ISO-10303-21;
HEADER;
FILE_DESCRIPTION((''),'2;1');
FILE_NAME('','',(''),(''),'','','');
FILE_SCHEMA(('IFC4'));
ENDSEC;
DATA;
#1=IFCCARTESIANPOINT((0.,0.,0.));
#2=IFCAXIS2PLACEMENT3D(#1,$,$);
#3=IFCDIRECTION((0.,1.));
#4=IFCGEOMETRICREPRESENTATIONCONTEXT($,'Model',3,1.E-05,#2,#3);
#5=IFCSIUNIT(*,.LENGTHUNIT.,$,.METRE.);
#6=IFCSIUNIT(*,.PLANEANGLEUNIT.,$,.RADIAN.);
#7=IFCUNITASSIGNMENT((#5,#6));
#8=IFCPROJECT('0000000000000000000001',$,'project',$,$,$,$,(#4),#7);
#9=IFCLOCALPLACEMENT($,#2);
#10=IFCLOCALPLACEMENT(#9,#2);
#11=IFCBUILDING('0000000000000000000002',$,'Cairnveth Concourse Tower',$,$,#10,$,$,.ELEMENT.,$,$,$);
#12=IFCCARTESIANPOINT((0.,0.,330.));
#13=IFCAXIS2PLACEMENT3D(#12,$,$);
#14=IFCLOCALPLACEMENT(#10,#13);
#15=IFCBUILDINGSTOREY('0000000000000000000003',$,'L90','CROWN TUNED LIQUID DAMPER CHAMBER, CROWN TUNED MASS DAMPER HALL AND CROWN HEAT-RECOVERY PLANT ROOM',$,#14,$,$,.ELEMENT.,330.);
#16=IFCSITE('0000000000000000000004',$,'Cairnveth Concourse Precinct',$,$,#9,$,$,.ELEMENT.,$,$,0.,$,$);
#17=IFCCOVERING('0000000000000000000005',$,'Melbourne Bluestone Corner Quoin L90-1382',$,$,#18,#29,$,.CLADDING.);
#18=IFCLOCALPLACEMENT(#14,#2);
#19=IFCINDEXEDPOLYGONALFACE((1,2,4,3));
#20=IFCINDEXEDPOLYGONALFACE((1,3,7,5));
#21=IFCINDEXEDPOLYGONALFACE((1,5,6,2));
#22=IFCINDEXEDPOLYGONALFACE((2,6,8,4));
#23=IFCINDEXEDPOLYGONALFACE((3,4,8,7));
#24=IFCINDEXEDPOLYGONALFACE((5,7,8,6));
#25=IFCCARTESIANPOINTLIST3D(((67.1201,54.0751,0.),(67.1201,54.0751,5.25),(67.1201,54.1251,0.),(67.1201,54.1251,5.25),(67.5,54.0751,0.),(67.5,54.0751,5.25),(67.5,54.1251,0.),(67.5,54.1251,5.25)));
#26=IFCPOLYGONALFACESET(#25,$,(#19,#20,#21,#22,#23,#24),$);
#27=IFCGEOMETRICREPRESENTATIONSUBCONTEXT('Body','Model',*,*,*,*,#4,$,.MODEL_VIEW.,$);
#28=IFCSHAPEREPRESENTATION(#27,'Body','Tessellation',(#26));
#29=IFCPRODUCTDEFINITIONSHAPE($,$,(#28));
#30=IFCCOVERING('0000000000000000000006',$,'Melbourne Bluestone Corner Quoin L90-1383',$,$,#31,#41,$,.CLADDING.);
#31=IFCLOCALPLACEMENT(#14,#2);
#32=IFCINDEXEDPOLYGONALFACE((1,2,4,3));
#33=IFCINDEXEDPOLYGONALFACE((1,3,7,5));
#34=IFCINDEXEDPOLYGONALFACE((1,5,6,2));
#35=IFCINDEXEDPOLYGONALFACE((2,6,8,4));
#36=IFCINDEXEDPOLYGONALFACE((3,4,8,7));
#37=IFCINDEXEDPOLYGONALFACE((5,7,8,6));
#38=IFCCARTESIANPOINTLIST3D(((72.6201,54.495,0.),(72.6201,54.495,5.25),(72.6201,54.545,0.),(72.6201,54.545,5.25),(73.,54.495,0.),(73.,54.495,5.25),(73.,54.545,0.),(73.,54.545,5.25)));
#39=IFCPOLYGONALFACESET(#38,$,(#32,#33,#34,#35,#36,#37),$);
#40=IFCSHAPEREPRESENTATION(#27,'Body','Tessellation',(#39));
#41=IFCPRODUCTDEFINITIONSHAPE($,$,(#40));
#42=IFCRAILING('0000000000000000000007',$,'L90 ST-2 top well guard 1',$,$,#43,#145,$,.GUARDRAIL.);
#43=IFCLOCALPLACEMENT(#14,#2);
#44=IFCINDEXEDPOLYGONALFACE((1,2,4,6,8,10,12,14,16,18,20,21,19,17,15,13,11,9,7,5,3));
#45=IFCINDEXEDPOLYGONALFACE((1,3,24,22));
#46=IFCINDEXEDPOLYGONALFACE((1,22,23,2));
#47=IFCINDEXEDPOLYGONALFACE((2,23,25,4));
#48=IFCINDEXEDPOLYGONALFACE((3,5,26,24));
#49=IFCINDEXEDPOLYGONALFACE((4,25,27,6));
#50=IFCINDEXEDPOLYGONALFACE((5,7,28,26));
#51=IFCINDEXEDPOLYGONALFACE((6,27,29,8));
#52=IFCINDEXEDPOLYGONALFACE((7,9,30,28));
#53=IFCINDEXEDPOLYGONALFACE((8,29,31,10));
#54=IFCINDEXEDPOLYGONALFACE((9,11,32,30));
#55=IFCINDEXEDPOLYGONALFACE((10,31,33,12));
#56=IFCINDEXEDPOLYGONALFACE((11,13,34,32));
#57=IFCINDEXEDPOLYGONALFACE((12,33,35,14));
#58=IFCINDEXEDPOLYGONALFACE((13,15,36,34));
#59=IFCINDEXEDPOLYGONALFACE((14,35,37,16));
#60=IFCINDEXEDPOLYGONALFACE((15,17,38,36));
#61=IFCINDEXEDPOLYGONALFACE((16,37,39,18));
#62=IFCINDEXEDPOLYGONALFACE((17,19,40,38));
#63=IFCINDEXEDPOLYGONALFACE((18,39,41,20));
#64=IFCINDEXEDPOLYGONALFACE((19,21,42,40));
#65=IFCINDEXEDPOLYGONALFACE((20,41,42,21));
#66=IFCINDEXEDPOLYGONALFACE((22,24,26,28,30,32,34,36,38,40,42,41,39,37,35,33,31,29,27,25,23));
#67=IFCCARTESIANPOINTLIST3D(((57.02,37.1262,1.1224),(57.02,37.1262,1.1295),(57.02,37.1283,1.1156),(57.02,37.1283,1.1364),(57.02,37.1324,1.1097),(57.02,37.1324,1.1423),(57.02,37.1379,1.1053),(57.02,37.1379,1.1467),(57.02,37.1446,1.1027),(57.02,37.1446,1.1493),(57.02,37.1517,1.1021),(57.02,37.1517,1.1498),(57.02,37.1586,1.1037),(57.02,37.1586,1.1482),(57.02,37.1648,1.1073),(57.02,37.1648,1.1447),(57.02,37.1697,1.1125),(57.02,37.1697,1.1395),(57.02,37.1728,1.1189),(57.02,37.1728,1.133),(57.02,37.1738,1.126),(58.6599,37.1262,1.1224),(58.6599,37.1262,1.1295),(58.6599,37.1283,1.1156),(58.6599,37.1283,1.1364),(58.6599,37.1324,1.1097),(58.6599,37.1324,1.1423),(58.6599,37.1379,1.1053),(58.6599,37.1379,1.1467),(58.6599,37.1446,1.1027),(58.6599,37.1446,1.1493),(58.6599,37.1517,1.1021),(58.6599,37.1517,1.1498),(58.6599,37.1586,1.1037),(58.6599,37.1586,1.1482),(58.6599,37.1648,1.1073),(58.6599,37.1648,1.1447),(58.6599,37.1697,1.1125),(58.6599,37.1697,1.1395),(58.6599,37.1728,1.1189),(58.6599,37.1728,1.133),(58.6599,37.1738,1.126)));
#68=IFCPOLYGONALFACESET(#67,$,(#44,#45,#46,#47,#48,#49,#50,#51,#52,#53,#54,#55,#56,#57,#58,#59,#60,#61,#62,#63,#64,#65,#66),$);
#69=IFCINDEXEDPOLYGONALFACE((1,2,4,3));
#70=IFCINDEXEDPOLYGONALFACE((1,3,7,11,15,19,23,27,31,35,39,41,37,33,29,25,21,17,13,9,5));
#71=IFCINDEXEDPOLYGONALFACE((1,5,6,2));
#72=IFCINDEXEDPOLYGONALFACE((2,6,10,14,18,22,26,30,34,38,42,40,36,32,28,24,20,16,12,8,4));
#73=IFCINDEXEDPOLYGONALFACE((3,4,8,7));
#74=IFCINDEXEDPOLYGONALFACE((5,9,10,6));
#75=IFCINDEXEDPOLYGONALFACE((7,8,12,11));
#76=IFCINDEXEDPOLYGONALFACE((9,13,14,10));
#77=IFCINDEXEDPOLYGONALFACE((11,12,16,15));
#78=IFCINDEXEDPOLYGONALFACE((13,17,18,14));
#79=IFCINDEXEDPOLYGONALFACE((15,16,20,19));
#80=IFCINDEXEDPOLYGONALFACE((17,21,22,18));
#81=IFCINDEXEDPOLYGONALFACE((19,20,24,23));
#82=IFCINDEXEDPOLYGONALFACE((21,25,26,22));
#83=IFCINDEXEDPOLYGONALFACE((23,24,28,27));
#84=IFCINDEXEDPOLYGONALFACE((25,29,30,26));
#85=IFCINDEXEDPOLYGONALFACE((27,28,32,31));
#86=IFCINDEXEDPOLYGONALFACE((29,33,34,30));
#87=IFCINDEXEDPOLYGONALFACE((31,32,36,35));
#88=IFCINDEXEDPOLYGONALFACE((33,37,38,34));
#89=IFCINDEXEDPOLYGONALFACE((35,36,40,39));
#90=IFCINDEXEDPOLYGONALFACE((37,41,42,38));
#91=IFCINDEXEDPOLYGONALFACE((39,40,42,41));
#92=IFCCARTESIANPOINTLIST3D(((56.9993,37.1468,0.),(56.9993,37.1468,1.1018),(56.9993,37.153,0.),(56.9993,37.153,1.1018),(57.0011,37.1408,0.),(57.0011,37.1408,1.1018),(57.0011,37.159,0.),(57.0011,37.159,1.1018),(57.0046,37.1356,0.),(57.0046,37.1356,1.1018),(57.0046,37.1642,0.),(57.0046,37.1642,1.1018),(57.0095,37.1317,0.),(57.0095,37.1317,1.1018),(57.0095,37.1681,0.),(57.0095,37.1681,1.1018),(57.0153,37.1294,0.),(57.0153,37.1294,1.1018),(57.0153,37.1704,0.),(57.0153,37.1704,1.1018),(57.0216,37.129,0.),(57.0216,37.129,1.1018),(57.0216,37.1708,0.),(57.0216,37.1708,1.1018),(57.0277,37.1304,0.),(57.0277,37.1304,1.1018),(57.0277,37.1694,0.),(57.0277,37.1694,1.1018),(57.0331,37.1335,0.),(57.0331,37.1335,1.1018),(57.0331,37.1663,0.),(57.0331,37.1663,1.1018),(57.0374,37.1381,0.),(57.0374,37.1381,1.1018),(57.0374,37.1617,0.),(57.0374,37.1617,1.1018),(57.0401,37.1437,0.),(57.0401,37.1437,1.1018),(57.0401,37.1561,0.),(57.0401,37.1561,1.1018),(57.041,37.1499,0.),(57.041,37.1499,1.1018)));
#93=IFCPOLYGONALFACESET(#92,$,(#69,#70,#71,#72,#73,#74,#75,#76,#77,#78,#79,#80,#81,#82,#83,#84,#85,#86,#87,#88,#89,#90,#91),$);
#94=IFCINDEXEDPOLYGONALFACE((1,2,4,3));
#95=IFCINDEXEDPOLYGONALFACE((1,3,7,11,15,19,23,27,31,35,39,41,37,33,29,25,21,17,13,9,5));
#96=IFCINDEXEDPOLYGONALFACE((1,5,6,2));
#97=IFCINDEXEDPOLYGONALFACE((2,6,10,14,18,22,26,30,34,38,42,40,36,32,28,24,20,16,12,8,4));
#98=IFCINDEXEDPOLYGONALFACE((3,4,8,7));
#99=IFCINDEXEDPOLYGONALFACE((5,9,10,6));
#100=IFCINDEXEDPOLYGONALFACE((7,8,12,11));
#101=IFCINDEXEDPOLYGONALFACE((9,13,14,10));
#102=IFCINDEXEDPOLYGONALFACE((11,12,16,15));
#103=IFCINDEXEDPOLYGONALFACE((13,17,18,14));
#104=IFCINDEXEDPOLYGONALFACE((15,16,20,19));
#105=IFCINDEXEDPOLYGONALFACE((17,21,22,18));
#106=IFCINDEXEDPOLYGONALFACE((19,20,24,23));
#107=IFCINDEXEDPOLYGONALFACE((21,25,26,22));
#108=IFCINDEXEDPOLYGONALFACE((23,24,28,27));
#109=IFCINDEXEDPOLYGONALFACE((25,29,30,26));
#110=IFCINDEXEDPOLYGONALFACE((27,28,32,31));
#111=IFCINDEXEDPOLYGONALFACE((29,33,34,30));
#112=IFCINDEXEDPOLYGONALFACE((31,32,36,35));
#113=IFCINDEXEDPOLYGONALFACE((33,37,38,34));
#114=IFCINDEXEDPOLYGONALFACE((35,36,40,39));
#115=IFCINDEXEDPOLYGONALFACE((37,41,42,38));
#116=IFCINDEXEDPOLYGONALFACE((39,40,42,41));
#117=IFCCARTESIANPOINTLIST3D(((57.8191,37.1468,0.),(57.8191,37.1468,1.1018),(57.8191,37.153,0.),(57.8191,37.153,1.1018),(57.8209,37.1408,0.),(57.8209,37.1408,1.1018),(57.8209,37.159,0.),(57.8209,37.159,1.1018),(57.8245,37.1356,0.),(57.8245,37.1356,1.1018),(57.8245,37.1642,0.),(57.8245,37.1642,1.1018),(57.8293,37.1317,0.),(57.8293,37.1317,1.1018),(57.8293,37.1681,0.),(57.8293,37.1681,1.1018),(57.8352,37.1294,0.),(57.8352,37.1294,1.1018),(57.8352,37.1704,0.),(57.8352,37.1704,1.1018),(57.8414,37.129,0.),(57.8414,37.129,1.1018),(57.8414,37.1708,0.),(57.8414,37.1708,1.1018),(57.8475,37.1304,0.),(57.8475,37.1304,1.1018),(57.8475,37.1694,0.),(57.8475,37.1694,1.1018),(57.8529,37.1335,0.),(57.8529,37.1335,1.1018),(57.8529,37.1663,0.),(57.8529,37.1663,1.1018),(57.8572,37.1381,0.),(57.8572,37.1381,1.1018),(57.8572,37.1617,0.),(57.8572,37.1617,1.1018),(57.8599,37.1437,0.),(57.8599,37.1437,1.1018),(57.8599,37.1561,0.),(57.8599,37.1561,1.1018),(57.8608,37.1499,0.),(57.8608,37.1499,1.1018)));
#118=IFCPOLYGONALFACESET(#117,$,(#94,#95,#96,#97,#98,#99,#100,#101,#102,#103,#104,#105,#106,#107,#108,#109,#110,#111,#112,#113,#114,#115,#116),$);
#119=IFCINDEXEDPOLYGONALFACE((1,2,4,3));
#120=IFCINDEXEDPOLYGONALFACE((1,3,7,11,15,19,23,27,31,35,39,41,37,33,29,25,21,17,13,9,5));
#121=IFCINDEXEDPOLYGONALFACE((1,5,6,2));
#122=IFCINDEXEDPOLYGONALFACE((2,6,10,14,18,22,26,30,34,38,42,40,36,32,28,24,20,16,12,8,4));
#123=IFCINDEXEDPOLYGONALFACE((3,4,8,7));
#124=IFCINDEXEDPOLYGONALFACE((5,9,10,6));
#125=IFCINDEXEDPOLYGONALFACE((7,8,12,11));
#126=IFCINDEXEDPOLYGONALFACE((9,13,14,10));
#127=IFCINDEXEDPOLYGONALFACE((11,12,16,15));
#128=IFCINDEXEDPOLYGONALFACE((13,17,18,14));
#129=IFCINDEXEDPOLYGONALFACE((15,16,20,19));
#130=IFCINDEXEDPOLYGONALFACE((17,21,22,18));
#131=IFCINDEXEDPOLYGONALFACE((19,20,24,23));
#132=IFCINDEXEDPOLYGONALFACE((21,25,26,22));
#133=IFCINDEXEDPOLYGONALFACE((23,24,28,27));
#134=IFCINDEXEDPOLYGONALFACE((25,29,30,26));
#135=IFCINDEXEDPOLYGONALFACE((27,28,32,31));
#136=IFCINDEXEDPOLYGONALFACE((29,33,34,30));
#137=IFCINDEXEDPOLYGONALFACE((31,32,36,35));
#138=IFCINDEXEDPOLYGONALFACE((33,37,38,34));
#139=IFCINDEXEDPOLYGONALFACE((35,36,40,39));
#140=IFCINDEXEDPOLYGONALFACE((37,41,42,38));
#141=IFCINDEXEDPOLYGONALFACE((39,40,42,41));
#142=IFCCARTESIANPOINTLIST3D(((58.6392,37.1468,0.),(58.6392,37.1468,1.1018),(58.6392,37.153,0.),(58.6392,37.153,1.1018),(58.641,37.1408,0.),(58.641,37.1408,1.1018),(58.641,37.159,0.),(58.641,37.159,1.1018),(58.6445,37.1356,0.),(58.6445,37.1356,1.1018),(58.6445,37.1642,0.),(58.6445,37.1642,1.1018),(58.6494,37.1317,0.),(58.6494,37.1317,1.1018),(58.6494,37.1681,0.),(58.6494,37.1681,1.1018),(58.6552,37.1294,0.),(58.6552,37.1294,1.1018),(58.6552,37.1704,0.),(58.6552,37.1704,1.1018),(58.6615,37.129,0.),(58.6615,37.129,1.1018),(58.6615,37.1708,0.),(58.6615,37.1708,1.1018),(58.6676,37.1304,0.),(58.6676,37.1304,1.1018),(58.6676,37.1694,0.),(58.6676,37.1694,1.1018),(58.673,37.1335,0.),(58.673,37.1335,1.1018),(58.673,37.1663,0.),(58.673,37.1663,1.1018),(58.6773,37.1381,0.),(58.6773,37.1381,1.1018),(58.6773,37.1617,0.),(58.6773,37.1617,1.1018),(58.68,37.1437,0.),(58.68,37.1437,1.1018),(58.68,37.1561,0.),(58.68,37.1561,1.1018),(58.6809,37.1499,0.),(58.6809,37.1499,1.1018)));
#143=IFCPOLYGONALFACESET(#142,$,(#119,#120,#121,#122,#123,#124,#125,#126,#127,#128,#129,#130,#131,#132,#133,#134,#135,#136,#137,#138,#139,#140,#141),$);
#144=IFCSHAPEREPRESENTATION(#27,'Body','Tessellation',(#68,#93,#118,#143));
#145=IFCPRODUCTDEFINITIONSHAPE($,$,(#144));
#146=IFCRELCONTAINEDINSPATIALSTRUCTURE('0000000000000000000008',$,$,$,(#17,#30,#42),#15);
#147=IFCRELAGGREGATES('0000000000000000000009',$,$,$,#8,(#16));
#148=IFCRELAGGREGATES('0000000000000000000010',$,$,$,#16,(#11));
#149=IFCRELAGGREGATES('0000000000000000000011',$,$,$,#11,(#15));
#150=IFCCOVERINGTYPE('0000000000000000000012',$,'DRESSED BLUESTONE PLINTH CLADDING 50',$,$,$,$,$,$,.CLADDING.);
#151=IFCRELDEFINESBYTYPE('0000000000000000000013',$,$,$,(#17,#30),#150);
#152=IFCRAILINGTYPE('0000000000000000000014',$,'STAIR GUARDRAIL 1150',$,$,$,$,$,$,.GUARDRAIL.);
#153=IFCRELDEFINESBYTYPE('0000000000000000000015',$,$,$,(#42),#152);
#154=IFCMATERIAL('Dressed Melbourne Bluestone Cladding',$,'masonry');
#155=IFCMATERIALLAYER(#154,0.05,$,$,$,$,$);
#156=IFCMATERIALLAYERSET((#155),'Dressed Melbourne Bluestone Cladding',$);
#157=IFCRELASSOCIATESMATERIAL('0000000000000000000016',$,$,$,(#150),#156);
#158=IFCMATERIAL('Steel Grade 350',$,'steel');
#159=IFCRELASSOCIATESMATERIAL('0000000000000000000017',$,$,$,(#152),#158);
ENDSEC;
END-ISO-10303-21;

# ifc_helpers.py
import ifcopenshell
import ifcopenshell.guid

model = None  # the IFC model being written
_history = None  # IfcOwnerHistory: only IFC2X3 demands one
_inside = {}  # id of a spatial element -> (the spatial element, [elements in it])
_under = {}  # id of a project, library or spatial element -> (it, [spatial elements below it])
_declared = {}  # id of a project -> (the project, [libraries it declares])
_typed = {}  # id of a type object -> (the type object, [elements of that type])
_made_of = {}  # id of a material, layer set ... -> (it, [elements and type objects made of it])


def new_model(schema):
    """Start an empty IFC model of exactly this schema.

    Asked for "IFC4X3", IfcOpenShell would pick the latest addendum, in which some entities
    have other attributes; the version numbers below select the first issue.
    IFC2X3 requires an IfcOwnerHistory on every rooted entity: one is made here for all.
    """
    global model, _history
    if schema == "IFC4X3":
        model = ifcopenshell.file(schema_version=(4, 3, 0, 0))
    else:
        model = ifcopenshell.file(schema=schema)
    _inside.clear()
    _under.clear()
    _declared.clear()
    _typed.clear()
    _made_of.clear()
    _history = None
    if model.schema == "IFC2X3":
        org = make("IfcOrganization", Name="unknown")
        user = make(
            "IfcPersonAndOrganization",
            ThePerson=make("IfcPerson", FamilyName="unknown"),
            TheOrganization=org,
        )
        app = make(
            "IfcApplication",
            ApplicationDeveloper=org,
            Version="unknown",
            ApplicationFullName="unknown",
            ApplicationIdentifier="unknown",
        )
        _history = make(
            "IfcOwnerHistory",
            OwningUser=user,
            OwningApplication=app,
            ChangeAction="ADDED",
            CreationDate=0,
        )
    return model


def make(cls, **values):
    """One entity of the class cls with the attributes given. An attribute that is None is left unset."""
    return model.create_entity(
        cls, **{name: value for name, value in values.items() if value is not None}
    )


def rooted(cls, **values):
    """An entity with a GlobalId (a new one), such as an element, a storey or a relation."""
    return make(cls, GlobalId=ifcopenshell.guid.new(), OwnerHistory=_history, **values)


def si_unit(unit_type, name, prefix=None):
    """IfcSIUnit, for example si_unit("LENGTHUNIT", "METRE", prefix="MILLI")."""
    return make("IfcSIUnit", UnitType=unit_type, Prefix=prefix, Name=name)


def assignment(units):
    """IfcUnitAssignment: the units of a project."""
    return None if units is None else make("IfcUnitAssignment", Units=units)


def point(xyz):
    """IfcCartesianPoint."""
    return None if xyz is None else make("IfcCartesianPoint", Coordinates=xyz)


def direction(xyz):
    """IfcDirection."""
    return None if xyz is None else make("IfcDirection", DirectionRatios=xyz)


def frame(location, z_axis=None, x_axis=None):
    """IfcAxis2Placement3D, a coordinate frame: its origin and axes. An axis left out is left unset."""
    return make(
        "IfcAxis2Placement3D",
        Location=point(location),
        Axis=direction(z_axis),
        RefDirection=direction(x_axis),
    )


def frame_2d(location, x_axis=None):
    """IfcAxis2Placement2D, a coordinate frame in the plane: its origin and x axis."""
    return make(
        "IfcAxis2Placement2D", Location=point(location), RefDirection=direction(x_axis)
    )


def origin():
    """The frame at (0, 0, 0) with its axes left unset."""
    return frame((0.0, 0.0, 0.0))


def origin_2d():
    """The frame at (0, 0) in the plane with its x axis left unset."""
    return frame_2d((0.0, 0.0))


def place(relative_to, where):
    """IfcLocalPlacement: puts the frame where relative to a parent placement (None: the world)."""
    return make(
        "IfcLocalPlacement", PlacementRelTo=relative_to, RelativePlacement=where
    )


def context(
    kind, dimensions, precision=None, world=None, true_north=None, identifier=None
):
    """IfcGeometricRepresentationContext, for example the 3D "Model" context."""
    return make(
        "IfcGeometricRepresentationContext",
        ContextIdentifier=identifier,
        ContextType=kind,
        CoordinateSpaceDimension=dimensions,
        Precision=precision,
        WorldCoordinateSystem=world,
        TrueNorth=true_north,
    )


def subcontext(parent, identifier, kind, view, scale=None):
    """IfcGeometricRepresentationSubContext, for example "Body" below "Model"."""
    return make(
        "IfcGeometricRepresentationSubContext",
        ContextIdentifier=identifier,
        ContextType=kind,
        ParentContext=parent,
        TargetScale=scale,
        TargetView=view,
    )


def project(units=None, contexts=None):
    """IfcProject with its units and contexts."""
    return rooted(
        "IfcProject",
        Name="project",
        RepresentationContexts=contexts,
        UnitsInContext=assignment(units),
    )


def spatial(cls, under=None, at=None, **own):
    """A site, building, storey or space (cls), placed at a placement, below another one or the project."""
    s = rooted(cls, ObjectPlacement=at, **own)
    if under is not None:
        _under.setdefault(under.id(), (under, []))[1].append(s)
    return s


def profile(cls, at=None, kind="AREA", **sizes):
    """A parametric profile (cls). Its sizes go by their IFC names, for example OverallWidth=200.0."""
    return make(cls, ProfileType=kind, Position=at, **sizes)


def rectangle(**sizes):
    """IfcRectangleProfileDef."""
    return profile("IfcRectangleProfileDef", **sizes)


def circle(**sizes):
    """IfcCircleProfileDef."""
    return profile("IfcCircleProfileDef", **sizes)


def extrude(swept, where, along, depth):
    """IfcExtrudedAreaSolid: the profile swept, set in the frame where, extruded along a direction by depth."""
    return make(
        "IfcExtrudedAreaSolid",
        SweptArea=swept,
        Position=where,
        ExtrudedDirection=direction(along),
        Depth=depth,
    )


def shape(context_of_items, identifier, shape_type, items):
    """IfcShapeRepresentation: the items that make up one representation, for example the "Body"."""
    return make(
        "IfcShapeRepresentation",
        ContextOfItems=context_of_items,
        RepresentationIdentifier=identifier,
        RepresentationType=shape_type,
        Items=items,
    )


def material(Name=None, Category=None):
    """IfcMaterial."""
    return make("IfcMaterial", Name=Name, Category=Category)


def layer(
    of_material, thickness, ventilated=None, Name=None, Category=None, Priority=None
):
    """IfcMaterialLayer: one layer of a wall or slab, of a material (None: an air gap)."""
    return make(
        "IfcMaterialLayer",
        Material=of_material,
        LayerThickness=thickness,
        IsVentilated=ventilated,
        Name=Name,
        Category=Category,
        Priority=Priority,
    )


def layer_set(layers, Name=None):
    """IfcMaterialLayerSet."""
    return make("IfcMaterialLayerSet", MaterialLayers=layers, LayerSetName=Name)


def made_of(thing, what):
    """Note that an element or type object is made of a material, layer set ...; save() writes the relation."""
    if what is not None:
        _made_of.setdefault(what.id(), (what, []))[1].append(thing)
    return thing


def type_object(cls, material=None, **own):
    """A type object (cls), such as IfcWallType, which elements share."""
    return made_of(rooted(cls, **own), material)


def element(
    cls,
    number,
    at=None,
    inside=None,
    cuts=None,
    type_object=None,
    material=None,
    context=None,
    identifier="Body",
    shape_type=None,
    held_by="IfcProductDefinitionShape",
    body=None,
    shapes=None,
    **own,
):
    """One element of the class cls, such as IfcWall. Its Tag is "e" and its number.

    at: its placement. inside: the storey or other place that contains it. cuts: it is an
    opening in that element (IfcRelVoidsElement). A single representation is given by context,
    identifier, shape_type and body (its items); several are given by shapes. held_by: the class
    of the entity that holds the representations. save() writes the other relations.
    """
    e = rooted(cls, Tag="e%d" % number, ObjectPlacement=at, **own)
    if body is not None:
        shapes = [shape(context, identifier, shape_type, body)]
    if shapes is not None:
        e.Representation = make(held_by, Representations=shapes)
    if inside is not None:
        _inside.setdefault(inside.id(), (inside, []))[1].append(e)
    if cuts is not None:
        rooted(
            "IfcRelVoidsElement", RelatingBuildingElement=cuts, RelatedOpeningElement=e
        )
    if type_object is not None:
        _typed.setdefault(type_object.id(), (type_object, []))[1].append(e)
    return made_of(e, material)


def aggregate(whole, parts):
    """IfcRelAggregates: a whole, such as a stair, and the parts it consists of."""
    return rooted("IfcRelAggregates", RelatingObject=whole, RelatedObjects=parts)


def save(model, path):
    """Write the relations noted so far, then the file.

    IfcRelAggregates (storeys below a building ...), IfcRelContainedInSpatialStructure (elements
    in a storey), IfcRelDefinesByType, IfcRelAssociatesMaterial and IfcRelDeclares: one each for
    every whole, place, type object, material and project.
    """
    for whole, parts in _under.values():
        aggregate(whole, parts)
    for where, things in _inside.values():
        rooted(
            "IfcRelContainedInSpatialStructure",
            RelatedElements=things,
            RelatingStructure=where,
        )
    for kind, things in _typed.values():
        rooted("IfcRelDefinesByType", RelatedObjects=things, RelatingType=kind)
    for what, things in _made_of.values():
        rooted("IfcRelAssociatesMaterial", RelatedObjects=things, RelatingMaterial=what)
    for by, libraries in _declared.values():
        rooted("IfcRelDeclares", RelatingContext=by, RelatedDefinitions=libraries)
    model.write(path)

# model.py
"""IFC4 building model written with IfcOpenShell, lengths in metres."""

from ifc_helpers import new_model, si_unit, direction, frame, frame_2d, origin, origin_2d, place, context, subcontext, project, spatial, rectangle, circle, extrude, material, layer, layer_set, type_object, element, save


model = new_model("IFC4")

# Units and contexts
model_context = context("Model", 3, precision=1e-05, world=origin(), true_north=direction((0.0, 1.0)))
body_context = subcontext(model_context, "Body", "Model", "MODEL_VIEW")
ifc_project = project(units=[si_unit("LENGTHUNIT", "METRE"), si_unit("PLANEANGLEUNIT", "RADIAN")], contexts=[model_context])

# Site, building, storey
site_placement = place(None, origin())
site = spatial("IfcSite", under=ifc_project, at=site_placement, Name="Cairnveth Concourse Precinct", CompositionType="ELEMENT", RefElevation=0.0)
building_placement = place(site_placement, origin())
building = spatial("IfcBuilding", under=site, at=building_placement, Name="Cairnveth Concourse Tower", CompositionType="ELEMENT")
storey_placement = place(building_placement, frame((0.0, 0.0, 330.0)))
storey = spatial("IfcBuildingStorey", under=building, at=storey_placement, Name="L90", Description="CROWN TUNED LIQUID DAMPER CHAMBER, CROWN TUNED MASS DAMPER HALL AND CROWN HEAT-RECOVERY PLANT ROOM", CompositionType="ELEMENT", Elevation=330.0)

# Shared definitions
ifc_material_1 = material(Name="Steel Grade 350", Category="steel")

# Coverings
ifc_material_2 = material(Name="Dressed Melbourne Bluestone Cladding", Category="masonry")
ifc_layer_1 = layer(ifc_material_2, 0.05)
ifc_layer_set_1 = layer_set([ifc_layer_1], Name="Dressed Melbourne Bluestone Cladding")
covering_type = type_object("IfcCoveringType", Name="DRESSED BLUESTONE PLINTH CLADDING 50", PredefinedType="CLADDING", material=ifc_layer_set_1)
for number, where, z_axis, x_axis, name in (
    (1, (67.1201, 54.1001, 0.0), (0.0, 0.0, 1.0), (1.0, 0.0, 0.0), "Melbourne Bluestone Corner Quoin L90-1382"),
    (2, (72.6201, 54.52, 0.0), (0.0, 0.0, 1.0), (1.0, 0.0, 0.0), "Melbourne Bluestone Corner Quoin L90-1383"),
):
    element("IfcCovering", number, at=place(storey_placement, frame(where, z_axis=z_axis, x_axis=x_axis)), inside=storey, type_object=covering_type, Name=name, PredefinedType="CLADDING", context=body_context, shape_type="SweptSolid", body=[
        extrude(rectangle(XDim=0.3799, YDim=0.05, at=frame_2d((0.1899, 0.0))), origin(), (0.0, 0.0, 1.0), 5.25),
    ])

# Railing
railing_type = type_object("IfcRailingType", Name="STAIR GUARDRAIL 1150", PredefinedType="GUARDRAIL", material=ifc_material_1)
railing_placement = place(storey_placement, frame((57.02, 37.1499, 0.0)))
element("IfcRailing", 3, at=railing_placement, inside=storey, type_object=railing_type, Name="L90 ST-2 top well guard 1", PredefinedType="GUARDRAIL", context=body_context, shape_type="SweptSolid", body=[
    extrude(circle(Radius=0.0239, at=origin_2d()), frame((0.0, 0.0, 1.126), z_axis=(1.0, 0.0, 0.0), x_axis=(0.0, 1.0, 0.0)), (0.0, 0.0, 1.0), 1.6399),
    extrude(circle(Radius=0.021, at=origin_2d()), origin(), (0.0, 0.0, 1.0), 1.1018),
    extrude(circle(Radius=0.021, at=origin_2d()), frame((0.8198, 0.0, 0.0)), (0.0, 0.0, 1.0), 1.1018),
    extrude(circle(Radius=0.021, at=origin_2d()), frame((1.6399, 0.0, 0.0)), (0.0, 0.0, 1.0), 1.1018),
])

save(model, "model.ifc")
